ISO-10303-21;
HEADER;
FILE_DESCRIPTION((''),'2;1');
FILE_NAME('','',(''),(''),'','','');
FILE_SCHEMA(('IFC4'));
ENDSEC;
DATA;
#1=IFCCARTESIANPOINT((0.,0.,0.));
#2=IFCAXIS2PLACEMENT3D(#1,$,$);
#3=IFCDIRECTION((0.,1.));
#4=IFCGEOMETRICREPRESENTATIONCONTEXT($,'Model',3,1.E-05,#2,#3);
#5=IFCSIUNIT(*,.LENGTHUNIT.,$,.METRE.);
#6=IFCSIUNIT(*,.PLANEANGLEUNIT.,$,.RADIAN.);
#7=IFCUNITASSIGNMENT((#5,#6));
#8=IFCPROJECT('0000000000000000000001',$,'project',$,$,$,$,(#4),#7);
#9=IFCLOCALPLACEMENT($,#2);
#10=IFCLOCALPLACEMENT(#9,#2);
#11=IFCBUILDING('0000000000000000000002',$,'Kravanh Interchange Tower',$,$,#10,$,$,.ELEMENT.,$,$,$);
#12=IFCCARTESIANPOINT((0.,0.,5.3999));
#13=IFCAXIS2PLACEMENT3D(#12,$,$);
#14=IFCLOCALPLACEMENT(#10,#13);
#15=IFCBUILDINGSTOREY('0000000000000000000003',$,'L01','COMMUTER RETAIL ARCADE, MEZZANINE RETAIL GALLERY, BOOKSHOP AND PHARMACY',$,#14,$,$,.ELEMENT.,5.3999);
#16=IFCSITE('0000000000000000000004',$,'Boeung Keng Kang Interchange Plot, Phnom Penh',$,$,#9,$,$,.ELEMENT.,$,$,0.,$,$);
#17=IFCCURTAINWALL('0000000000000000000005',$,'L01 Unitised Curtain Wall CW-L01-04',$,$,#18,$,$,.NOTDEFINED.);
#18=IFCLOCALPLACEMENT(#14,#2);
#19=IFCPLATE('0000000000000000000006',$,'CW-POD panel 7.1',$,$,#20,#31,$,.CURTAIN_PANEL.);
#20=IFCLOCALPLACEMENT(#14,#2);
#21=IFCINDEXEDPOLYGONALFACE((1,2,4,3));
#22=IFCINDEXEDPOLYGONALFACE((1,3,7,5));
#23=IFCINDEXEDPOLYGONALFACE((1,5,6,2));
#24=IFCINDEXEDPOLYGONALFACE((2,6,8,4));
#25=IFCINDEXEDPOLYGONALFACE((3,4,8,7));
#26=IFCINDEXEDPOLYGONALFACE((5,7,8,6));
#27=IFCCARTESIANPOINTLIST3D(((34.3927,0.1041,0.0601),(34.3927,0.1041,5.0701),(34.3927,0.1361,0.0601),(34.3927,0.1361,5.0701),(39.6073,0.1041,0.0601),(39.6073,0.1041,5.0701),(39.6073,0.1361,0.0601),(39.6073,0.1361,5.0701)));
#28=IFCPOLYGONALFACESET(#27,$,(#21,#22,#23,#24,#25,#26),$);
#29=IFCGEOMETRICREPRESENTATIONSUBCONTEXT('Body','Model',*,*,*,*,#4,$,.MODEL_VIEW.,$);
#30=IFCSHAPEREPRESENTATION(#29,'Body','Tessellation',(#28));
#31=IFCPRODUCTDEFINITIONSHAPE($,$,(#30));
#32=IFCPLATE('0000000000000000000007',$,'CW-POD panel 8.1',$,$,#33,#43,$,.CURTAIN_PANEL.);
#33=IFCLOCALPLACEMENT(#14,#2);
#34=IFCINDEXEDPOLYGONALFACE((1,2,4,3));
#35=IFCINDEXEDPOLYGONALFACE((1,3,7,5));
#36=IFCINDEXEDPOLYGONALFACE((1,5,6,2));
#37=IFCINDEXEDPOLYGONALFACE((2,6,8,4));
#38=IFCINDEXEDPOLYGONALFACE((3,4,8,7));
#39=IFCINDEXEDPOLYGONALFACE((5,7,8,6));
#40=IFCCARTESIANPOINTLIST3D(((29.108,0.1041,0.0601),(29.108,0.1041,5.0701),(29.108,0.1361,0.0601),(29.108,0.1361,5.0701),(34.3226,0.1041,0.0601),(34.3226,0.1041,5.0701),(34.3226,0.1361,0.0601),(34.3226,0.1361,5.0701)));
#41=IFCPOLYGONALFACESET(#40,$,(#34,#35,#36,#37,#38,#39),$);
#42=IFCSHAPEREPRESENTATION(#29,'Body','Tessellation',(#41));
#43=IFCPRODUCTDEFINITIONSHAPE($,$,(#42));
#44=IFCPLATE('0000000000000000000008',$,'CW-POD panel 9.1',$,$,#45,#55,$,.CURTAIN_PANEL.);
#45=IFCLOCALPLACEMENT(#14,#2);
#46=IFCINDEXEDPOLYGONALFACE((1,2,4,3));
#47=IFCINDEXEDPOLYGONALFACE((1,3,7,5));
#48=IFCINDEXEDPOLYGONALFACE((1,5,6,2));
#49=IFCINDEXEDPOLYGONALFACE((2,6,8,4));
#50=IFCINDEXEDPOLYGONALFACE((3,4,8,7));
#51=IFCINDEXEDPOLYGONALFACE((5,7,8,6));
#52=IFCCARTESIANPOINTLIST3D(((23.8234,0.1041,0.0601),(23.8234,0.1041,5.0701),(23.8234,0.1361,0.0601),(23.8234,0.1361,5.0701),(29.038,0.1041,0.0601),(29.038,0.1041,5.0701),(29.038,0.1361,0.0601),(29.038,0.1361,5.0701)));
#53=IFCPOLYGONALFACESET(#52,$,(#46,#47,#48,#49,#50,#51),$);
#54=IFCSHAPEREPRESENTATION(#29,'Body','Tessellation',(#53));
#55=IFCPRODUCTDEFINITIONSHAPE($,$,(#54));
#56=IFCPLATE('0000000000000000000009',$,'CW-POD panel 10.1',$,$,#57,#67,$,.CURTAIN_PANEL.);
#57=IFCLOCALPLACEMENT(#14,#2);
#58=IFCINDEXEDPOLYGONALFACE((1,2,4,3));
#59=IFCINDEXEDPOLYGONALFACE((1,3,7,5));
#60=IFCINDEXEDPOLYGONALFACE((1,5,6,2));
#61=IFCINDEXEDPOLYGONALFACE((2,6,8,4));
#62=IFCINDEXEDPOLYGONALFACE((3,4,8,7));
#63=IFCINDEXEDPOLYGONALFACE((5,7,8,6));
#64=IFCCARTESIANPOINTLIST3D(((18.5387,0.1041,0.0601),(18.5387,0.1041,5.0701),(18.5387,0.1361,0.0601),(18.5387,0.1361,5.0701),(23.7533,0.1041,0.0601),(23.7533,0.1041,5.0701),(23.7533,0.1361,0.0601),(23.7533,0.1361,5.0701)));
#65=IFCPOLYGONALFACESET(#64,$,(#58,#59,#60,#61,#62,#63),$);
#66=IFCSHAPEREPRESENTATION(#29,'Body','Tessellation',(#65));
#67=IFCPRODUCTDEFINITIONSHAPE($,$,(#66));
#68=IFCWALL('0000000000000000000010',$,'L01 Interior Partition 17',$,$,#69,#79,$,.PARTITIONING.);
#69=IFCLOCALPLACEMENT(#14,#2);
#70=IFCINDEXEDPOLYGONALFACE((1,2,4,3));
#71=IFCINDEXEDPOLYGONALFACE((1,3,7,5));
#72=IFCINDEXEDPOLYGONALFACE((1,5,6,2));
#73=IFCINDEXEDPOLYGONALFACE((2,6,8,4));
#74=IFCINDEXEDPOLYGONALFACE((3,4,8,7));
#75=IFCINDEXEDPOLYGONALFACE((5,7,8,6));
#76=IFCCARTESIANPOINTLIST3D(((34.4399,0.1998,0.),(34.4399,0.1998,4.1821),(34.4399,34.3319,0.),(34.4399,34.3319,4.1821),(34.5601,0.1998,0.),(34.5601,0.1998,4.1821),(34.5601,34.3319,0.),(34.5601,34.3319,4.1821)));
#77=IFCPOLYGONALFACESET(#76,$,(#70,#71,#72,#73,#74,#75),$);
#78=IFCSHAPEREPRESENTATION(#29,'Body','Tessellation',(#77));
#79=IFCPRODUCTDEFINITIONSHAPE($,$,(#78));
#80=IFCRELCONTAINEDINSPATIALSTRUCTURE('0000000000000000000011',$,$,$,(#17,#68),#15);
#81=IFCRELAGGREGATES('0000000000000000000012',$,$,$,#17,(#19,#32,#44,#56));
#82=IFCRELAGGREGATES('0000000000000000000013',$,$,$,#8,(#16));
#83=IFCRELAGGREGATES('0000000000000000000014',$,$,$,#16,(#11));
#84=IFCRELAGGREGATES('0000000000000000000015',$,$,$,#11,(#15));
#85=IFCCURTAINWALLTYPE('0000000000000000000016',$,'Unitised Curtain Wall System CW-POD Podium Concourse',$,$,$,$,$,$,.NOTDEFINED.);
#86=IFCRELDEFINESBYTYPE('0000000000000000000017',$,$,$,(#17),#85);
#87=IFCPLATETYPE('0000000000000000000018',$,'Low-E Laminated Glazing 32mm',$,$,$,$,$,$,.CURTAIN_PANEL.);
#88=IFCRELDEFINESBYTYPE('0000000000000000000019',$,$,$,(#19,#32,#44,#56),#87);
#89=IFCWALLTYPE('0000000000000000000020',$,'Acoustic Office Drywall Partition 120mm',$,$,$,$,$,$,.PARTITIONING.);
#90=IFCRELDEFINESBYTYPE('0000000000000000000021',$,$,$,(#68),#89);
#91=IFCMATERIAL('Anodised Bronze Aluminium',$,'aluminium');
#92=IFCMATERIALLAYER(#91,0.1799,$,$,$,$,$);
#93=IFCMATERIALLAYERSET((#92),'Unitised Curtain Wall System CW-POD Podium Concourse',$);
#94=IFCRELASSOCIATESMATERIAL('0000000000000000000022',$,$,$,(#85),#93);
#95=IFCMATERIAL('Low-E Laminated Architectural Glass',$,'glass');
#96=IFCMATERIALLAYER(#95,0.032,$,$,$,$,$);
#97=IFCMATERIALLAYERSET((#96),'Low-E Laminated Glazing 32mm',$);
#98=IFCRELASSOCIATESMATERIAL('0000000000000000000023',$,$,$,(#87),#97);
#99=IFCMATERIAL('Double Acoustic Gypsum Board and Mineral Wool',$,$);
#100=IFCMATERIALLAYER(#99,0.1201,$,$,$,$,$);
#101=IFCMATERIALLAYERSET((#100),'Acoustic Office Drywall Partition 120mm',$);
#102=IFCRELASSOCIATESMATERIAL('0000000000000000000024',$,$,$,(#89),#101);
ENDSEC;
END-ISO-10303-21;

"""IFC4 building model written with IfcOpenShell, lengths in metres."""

from ifc_helpers import new_model, si_unit, direction, frame, frame_2d, origin, origin_2d, place, context, subcontext, project, spatial, rectangle, extrude, material, layer, layer_set, type_object, element, aggregate, save


model = new_model("IFC4")

# Units and contexts
model_context = context("Model", 3, precision=1e-05, world=origin(), true_north=direction((0.0, 1.0)))
body_context = subcontext(model_context, "Body", "Model", "MODEL_VIEW")
ifc_project = project(units=[si_unit("LENGTHUNIT", "METRE"), si_unit("PLANEANGLEUNIT", "RADIAN")], contexts=[model_context])

# Site, building, storey
site_placement = place(None, origin())
site = spatial("IfcSite", under=ifc_project, at=site_placement, Name="Boeung Keng Kang Interchange Plot, Phnom Penh", CompositionType="ELEMENT", RefElevation=0.0)
building_placement = place(site_placement, origin())
building = spatial("IfcBuilding", under=site, at=building_placement, Name="Kravanh Interchange Tower", CompositionType="ELEMENT")
storey_placement = place(building_placement, frame((0.0, 0.0, 5.3999)))
storey = spatial("IfcBuildingStorey", under=building, at=storey_placement, Name="L01", Description="COMMUTER RETAIL ARCADE, MEZZANINE RETAIL GALLERY, BOOKSHOP AND PHARMACY", CompositionType="ELEMENT", Elevation=5.3999)

# Curtain wall
ifc_material_1 = material(Name="Anodised Bronze Aluminium", Category="aluminium")
ifc_layer_1 = layer(ifc_material_1, 0.1799)
ifc_layer_set_1 = layer_set([ifc_layer_1], Name="Unitised Curtain Wall System CW-POD Podium Concourse")
curtain_wall_type = type_object("IfcCurtainWallType", Name="Unitised Curtain Wall System CW-POD Podium Concourse", PredefinedType="NOTDEFINED", material=ifc_layer_set_1)
curtain_wall_placement = place(storey_placement, origin())
curtain_wall = element("IfcCurtainWall", 1, at=curtain_wall_placement, inside=storey, type_object=curtain_wall_type, Name="L01 Unitised Curtain Wall CW-L01-04", PredefinedType="NOTDEFINED")

# Plates
ifc_material_2 = material(Name="Low-E Laminated Architectural Glass", Category="glass")
ifc_layer_2 = layer(ifc_material_2, 0.032)
ifc_layer_set_2 = layer_set([ifc_layer_2], Name="Low-E Laminated Glazing 32mm")
plate_type = type_object("IfcPlateType", Name="Low-E Laminated Glazing 32mm", PredefinedType="CURTAIN_PANEL", material=ifc_layer_set_2)
plate_1_placement = place(storey_placement, frame((37.0, 0.1201, 0.0601), z_axis=(0.0, 0.0, 1.0), x_axis=(-1.0, 0.0, 0.0)))
plate_1 = element("IfcPlate", 2, at=plate_1_placement, type_object=plate_type, Name="CW-POD panel 7.1", PredefinedType="CURTAIN_PANEL", context=body_context, shape_type="SweptSolid", body=[
    extrude(rectangle(XDim=5.2146, YDim=0.032, at=origin_2d()), origin(), (0.0, 0.0, 1.0), 5.01),
])
plate_2_placement = place(storey_placement, frame((31.7153, 0.1201, 0.0601), z_axis=(0.0, 0.0, 1.0), x_axis=(-1.0, 0.0, 0.0)))
plate_2 = element("IfcPlate", 3, at=plate_2_placement, type_object=plate_type, Name="CW-POD panel 8.1", PredefinedType="CURTAIN_PANEL", context=body_context, shape_type="SweptSolid", body=[
    extrude(rectangle(XDim=5.2146, YDim=0.032, at=origin_2d()), origin(), (0.0, 0.0, 1.0), 5.01),
])
plate_3_placement = place(storey_placement, frame((26.4307, 0.1201, 0.0601), z_axis=(0.0, 0.0, 1.0), x_axis=(-1.0, 0.0, 0.0)))
plate_3 = element("IfcPlate", 4, at=plate_3_placement, type_object=plate_type, Name="CW-POD panel 9.1", PredefinedType="CURTAIN_PANEL", context=body_context, shape_type="SweptSolid", body=[
    extrude(rectangle(XDim=5.2146, YDim=0.032, at=origin_2d()), origin(), (0.0, 0.0, 1.0), 5.01),
])
plate_4_placement = place(storey_placement, frame((21.146, 0.1201, 0.0601), z_axis=(0.0, 0.0, 1.0), x_axis=(-1.0, 0.0, 0.0)))
plate_4 = element("IfcPlate", 5, at=plate_4_placement, type_object=plate_type, Name="CW-POD panel 10.1", PredefinedType="CURTAIN_PANEL", context=body_context, shape_type="SweptSolid", body=[
    extrude(rectangle(XDim=5.2146, YDim=0.032, at=origin_2d()), origin(), (0.0, 0.0, 1.0), 5.01),
])
aggregate(curtain_wall, [plate_1, plate_2, plate_3, plate_4])

# Wall
ifc_material_3 = material(Name="Double Acoustic Gypsum Board and Mineral Wool")
ifc_layer_3 = layer(ifc_material_3, 0.1201)
ifc_layer_set_3 = layer_set([ifc_layer_3], Name="Acoustic Office Drywall Partition 120mm")
wall_type = type_object("IfcWallType", Name="Acoustic Office Drywall Partition 120mm", PredefinedType="PARTITIONING", material=ifc_layer_set_3)
wall_placement = place(storey_placement, frame((34.5, 0.2, 0.0), z_axis=(0.0, 0.0, 1.0), x_axis=(0.0, 1.0, 0.0)))
element("IfcWall", 6, at=wall_placement, inside=storey, type_object=wall_type, Name="L01 Interior Partition 17", PredefinedType="PARTITIONING", context=body_context, shape_type="SweptSolid", body=[
    extrude(rectangle(XDim=34.1321, YDim=0.1201, at=frame_2d((17.0659, 0.0))), origin(), (0.0, 0.0, 1.0), 4.1821),
])

save(model, "model.ifc")
